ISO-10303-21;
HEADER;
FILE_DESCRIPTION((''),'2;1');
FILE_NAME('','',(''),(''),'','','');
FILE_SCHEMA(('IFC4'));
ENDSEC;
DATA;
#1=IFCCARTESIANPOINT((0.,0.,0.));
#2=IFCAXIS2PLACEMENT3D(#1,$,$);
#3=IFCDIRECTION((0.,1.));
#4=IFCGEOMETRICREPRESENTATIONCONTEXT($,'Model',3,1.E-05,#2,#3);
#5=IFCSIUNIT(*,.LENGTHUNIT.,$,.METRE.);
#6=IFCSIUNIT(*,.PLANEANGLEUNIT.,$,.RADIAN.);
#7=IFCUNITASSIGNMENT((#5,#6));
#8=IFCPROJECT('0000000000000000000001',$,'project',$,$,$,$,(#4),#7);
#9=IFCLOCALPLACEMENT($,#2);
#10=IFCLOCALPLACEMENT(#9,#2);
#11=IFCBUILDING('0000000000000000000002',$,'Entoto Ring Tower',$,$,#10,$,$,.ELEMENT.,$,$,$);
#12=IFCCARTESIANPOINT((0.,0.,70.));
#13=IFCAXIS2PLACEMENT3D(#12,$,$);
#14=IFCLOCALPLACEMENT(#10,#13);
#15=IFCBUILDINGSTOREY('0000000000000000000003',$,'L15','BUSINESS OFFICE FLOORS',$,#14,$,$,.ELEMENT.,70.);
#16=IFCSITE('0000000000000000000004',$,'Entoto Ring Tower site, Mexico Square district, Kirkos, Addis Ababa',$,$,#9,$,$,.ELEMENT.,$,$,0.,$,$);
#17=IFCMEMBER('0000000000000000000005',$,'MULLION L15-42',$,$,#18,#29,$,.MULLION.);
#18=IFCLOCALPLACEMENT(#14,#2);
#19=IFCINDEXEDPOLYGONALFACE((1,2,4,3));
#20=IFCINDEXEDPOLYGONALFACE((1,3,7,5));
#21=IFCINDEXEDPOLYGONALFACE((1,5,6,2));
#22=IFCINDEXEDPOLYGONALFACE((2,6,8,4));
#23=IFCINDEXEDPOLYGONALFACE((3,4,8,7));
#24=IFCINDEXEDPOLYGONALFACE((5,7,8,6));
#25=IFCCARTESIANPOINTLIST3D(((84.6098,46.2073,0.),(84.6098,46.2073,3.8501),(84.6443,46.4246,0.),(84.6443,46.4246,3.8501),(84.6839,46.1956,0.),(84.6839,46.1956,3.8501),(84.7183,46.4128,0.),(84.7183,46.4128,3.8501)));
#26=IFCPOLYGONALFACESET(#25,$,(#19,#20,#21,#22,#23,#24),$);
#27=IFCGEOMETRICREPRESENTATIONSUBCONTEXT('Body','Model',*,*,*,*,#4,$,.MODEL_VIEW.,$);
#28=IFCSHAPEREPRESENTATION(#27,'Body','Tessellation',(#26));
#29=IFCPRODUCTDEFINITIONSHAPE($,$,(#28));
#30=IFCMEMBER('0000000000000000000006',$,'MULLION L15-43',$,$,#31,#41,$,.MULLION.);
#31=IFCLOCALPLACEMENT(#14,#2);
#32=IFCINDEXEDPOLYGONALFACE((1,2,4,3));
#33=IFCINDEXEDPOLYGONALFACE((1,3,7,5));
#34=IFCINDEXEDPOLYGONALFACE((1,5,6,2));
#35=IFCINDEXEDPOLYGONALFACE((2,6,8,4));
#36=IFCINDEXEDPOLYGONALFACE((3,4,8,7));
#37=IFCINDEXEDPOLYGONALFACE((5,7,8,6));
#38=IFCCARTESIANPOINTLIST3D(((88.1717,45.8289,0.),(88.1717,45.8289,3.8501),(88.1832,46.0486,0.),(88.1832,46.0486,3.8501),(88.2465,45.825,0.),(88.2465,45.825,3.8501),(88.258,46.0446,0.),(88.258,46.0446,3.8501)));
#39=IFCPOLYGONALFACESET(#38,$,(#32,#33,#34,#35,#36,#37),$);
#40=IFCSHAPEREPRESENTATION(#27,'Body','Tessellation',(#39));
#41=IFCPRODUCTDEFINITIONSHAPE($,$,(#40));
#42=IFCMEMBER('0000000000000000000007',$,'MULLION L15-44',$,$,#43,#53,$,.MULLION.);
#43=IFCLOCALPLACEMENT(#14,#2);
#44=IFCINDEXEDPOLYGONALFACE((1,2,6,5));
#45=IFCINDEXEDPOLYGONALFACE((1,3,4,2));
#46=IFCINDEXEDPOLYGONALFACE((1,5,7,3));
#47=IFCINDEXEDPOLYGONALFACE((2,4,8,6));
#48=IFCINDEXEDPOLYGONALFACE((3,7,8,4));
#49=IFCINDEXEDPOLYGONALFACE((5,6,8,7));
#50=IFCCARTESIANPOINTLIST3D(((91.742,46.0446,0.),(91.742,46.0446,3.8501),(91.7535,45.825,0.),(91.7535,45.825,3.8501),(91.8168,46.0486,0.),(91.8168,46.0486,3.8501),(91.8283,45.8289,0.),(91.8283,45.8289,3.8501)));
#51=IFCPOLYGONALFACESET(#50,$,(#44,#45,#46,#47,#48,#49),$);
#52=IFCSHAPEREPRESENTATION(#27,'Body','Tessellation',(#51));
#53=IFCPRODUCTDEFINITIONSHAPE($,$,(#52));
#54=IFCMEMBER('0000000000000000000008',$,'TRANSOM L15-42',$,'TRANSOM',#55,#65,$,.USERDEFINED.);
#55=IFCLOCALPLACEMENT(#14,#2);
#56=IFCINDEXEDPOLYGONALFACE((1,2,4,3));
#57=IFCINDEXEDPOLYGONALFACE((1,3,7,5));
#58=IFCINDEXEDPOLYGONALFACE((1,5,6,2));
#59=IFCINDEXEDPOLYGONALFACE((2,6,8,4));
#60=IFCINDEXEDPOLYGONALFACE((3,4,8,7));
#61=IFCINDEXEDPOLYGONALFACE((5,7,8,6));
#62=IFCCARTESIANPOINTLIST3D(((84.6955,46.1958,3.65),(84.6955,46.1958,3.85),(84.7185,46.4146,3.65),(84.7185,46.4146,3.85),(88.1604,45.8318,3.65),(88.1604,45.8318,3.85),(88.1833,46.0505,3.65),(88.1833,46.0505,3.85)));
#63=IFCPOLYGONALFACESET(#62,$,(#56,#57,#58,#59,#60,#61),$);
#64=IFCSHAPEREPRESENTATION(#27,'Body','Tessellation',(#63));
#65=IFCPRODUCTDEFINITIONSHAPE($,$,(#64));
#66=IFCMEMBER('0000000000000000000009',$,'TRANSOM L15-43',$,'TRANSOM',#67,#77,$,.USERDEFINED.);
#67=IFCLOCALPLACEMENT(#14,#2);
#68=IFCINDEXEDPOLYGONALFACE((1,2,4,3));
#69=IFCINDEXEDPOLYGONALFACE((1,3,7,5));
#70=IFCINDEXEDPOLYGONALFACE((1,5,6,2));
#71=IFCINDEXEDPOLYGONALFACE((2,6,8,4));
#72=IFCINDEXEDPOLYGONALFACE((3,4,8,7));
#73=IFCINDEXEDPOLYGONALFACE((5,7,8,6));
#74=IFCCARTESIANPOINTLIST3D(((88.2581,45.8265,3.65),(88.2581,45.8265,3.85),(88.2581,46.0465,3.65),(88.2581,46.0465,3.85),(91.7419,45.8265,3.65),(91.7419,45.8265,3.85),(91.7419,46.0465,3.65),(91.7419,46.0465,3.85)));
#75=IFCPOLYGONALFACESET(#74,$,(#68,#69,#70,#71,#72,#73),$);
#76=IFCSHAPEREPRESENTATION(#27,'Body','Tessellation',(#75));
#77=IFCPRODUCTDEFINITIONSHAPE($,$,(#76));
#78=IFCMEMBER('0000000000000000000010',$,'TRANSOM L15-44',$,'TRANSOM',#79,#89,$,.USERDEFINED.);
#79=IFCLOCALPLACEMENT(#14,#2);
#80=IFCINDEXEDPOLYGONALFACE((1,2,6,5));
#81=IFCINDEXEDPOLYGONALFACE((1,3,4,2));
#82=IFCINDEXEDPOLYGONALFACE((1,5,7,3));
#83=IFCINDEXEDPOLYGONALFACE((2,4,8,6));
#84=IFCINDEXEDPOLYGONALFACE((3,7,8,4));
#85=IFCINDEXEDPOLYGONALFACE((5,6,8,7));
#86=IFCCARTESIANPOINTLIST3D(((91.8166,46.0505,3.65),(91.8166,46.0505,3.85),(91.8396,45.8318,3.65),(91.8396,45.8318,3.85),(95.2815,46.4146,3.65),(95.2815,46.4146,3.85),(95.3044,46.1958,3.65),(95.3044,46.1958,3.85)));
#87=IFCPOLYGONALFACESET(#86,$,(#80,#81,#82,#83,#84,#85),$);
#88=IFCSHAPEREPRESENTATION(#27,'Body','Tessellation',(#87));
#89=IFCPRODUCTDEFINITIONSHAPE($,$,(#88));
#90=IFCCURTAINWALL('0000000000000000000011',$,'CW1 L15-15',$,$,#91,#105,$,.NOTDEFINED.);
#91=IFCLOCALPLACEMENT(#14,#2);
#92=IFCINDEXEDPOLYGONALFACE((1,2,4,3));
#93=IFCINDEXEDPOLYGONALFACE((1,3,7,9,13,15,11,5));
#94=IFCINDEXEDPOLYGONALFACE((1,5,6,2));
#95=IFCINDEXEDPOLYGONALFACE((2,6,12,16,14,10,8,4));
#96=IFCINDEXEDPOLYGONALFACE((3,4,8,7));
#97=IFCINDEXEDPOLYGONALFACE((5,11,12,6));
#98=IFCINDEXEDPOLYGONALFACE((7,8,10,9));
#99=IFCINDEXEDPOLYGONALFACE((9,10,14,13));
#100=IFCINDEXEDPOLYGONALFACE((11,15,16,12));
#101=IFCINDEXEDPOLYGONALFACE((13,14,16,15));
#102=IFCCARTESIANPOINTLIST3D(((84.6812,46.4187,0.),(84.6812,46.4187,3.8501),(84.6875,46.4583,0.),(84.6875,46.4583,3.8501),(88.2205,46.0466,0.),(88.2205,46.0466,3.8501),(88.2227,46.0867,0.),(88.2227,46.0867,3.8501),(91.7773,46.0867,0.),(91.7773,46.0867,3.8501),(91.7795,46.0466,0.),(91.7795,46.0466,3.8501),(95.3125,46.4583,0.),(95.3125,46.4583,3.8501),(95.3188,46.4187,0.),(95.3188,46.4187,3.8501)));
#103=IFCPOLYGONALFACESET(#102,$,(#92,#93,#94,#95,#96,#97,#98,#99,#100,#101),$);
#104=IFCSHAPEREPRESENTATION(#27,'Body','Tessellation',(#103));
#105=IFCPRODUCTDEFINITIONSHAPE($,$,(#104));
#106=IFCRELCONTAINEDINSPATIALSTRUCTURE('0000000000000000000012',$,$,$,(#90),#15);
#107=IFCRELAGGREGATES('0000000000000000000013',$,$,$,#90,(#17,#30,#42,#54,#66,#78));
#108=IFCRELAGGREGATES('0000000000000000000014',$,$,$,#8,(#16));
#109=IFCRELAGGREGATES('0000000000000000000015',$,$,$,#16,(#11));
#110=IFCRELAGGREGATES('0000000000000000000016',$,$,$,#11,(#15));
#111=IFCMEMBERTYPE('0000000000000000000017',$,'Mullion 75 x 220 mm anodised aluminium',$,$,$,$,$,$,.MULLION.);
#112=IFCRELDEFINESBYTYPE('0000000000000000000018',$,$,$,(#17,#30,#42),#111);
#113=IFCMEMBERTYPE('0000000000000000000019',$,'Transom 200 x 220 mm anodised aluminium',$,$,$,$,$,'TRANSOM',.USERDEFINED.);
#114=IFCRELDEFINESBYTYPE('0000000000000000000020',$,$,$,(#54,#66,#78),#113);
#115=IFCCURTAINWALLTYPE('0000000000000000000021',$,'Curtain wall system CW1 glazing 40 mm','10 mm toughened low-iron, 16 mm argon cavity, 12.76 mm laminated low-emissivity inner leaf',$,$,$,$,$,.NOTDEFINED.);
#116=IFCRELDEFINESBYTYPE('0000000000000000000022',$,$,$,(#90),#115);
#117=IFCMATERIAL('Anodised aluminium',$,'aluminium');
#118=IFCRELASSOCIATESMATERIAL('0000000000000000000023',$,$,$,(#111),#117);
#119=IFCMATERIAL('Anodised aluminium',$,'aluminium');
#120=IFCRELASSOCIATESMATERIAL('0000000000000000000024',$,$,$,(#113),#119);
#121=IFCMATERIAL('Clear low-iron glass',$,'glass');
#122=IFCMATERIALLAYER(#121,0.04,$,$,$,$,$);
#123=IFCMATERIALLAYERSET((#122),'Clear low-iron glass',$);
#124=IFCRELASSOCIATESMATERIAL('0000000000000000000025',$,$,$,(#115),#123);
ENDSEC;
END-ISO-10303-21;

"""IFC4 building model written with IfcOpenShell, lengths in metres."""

from ifc_helpers import new_model, si_unit, direction, frame, origin, origin_2d, place, context, subcontext, project, spatial, polyline, rectangle, outline, extrude, material, layer, layer_set, material_profile, profile_set, type_object, element, aggregate, save


model = new_model("IFC4")

# Units and contexts
model_context = context("Model", 3, precision=1e-05, world=origin(), true_north=direction((0.0, 1.0)))
body_context = subcontext(model_context, "Body", "Model", "MODEL_VIEW")
ifc_project = project(units=[si_unit("LENGTHUNIT", "METRE"), si_unit("PLANEANGLEUNIT", "RADIAN")], contexts=[model_context])

# Members
ifc_material_1 = material(Name="Anodised aluminium", Category="aluminium")
ifc_material_profile_1 = material_profile(ifc_material_1, rectangle(XDim=0.075, YDim=0.22, at=origin_2d()), Name="Mullion 75 x 220 mm anodised aluminium")
ifc_profile_set_1 = profile_set([ifc_material_profile_1], Name="Anodised aluminium")
member_type_1 = type_object("IfcMemberType", Name="Mullion 75 x 220 mm anodised aluminium", PredefinedType="MULLION", material=ifc_profile_set_1)
site_placement = place(None, origin())
building_placement = place(site_placement, origin())
storey_placement = place(building_placement, frame((0.0, 0.0, 70.0)))
member_1_placement = place(storey_placement, frame((84.6641, 46.3101, 0.0), z_axis=(0.0, 0.0, 1.0), x_axis=(0.987688, -0.156434, 0.0)))
member_1 = element("IfcMember", 1, at=member_1_placement, type_object=member_type_1, Name="MULLION L15-42", PredefinedType="MULLION", context=body_context, shape_type="SweptSolid", body=[
    extrude(rectangle(XDim=0.075, YDim=0.22, at=origin_2d()), origin(), (0.0, 0.0, 1.0), 3.8501),
])
member_2_placement = place(storey_placement, frame((88.2148, 45.9368, 0.0), z_axis=(0.0, 0.0, 1.0), x_axis=(0.99863, -0.052336, 0.0)))
member_2 = element("IfcMember", 2, at=member_2_placement, type_object=member_type_1, Name="MULLION L15-43", PredefinedType="MULLION", context=body_context, shape_type="SweptSolid", body=[
    extrude(rectangle(XDim=0.075, YDim=0.22, at=origin_2d()), origin(), (0.0, 0.0, 1.0), 3.8501),
])
member_3_placement = place(storey_placement, frame((91.7852, 45.9368, 0.0), z_axis=(0.0, 0.0, 1.0), x_axis=(0.99863, 0.052336, 0.0)))
member_3 = element("IfcMember", 3, at=member_3_placement, type_object=member_type_1, Name="MULLION L15-44", PredefinedType="MULLION", context=body_context, shape_type="SweptSolid", body=[
    extrude(rectangle(XDim=0.075, YDim=0.22, at=origin_2d()), origin(), (0.0, 0.0, 1.0), 3.8501),
])
ifc_material_2 = material(Name="Anodised aluminium", Category="aluminium")
ifc_material_profile_2 = material_profile(ifc_material_2, rectangle(XDim=0.22, YDim=0.2, at=origin_2d()), Name="Transom 200 x 220 mm anodised aluminium")
ifc_profile_set_2 = profile_set([ifc_material_profile_2], Name="Anodised aluminium")
member_type_2 = type_object("IfcMemberType", Name="Transom 200 x 220 mm anodised aluminium", ElementType="TRANSOM", PredefinedType="USERDEFINED", material=ifc_profile_set_2)
member_4_placement = place(storey_placement, frame((84.707, 46.3052, 3.75), z_axis=(0.994527, -0.104484, 0.0), x_axis=(0.104484, 0.994527, 0.0)))
member_4 = element("IfcMember", 4, at=member_4_placement, type_object=member_type_2, Name="TRANSOM L15-42", ObjectType="TRANSOM", PredefinedType="USERDEFINED", context=body_context, shape_type="SweptSolid", body=[
    extrude(rectangle(XDim=0.22, YDim=0.2, at=origin_2d()), origin(), (0.0, 0.0, 1.0), 3.4839),
])
member_5_placement = place(storey_placement, frame((88.2581, 45.9365, 3.75), z_axis=(1.0, 0.0, 0.0), x_axis=(0.0, 1.0, 0.0)))
member_5 = element("IfcMember", 5, at=member_5_placement, type_object=member_type_2, Name="TRANSOM L15-43", ObjectType="TRANSOM", PredefinedType="USERDEFINED", context=body_context, shape_type="SweptSolid", body=[
    extrude(rectangle(XDim=0.22, YDim=0.2, at=origin_2d()), origin(), (0.0, 0.0, 1.0), 3.4839),
])
member_6_placement = place(storey_placement, frame((91.8281, 45.9412, 3.75), z_axis=(0.994527, 0.104484, 0.0), x_axis=(-0.104484, 0.994527, 0.0)))
member_6 = element("IfcMember", 6, at=member_6_placement, type_object=member_type_2, Name="TRANSOM L15-44", ObjectType="TRANSOM", PredefinedType="USERDEFINED", context=body_context, shape_type="SweptSolid", body=[
    extrude(rectangle(XDim=0.22, YDim=0.2, at=origin_2d()), origin(), (0.0, 0.0, 1.0), 3.4839),
])

# Site, building, storey
site = spatial("IfcSite", under=ifc_project, at=site_placement, Name="Entoto Ring Tower site, Mexico Square district, Kirkos, Addis Ababa", CompositionType="ELEMENT", RefElevation=0.0)
building = spatial("IfcBuilding", under=site, at=building_placement, Name="Entoto Ring Tower", CompositionType="ELEMENT")
storey = spatial("IfcBuildingStorey", under=building, at=storey_placement, Name="L15", Description="BUSINESS OFFICE FLOORS", CompositionType="ELEMENT", Elevation=70.0)

# Curtain wall
ifc_material_3 = material(Name="Clear low-iron glass", Category="glass")
ifc_layer = layer(ifc_material_3, 0.04)
ifc_layer_set = layer_set([ifc_layer], Name="Clear low-iron glass")
curtain_wall_type = type_object("IfcCurtainWallType", Name="Curtain wall system CW1 glazing 40 mm", Description="10 mm toughened low-iron, 16 mm argon cavity, 12.76 mm laminated low-emissivity inner leaf", PredefinedType="NOTDEFINED", material=ifc_layer_set)
curtain_wall_1_placement = place(storey_placement, origin())
curtain_wall_1 = element("IfcCurtainWall", 7, at=curtain_wall_1_placement, inside=storey, type_object=curtain_wall_type, Name="CW1 L15-15", PredefinedType="NOTDEFINED", context=body_context, shape_type="SweptSolid", body=[
    extrude(outline(polyline([(84.6812, 46.4187), (88.2205, 46.0466), (91.7795, 46.0466), (95.3188, 46.4187), (95.3125, 46.4583), (91.7773, 46.0867), (88.2227, 46.0867), (84.6875, 46.4583), (84.6812, 46.4187)])), origin(), (0.0, 0.0, 1.0), 3.8501),
])
aggregate(curtain_wall_1, [member_1, member_2, member_3, member_4, member_5, member_6])

save(model, "model.ifc")
